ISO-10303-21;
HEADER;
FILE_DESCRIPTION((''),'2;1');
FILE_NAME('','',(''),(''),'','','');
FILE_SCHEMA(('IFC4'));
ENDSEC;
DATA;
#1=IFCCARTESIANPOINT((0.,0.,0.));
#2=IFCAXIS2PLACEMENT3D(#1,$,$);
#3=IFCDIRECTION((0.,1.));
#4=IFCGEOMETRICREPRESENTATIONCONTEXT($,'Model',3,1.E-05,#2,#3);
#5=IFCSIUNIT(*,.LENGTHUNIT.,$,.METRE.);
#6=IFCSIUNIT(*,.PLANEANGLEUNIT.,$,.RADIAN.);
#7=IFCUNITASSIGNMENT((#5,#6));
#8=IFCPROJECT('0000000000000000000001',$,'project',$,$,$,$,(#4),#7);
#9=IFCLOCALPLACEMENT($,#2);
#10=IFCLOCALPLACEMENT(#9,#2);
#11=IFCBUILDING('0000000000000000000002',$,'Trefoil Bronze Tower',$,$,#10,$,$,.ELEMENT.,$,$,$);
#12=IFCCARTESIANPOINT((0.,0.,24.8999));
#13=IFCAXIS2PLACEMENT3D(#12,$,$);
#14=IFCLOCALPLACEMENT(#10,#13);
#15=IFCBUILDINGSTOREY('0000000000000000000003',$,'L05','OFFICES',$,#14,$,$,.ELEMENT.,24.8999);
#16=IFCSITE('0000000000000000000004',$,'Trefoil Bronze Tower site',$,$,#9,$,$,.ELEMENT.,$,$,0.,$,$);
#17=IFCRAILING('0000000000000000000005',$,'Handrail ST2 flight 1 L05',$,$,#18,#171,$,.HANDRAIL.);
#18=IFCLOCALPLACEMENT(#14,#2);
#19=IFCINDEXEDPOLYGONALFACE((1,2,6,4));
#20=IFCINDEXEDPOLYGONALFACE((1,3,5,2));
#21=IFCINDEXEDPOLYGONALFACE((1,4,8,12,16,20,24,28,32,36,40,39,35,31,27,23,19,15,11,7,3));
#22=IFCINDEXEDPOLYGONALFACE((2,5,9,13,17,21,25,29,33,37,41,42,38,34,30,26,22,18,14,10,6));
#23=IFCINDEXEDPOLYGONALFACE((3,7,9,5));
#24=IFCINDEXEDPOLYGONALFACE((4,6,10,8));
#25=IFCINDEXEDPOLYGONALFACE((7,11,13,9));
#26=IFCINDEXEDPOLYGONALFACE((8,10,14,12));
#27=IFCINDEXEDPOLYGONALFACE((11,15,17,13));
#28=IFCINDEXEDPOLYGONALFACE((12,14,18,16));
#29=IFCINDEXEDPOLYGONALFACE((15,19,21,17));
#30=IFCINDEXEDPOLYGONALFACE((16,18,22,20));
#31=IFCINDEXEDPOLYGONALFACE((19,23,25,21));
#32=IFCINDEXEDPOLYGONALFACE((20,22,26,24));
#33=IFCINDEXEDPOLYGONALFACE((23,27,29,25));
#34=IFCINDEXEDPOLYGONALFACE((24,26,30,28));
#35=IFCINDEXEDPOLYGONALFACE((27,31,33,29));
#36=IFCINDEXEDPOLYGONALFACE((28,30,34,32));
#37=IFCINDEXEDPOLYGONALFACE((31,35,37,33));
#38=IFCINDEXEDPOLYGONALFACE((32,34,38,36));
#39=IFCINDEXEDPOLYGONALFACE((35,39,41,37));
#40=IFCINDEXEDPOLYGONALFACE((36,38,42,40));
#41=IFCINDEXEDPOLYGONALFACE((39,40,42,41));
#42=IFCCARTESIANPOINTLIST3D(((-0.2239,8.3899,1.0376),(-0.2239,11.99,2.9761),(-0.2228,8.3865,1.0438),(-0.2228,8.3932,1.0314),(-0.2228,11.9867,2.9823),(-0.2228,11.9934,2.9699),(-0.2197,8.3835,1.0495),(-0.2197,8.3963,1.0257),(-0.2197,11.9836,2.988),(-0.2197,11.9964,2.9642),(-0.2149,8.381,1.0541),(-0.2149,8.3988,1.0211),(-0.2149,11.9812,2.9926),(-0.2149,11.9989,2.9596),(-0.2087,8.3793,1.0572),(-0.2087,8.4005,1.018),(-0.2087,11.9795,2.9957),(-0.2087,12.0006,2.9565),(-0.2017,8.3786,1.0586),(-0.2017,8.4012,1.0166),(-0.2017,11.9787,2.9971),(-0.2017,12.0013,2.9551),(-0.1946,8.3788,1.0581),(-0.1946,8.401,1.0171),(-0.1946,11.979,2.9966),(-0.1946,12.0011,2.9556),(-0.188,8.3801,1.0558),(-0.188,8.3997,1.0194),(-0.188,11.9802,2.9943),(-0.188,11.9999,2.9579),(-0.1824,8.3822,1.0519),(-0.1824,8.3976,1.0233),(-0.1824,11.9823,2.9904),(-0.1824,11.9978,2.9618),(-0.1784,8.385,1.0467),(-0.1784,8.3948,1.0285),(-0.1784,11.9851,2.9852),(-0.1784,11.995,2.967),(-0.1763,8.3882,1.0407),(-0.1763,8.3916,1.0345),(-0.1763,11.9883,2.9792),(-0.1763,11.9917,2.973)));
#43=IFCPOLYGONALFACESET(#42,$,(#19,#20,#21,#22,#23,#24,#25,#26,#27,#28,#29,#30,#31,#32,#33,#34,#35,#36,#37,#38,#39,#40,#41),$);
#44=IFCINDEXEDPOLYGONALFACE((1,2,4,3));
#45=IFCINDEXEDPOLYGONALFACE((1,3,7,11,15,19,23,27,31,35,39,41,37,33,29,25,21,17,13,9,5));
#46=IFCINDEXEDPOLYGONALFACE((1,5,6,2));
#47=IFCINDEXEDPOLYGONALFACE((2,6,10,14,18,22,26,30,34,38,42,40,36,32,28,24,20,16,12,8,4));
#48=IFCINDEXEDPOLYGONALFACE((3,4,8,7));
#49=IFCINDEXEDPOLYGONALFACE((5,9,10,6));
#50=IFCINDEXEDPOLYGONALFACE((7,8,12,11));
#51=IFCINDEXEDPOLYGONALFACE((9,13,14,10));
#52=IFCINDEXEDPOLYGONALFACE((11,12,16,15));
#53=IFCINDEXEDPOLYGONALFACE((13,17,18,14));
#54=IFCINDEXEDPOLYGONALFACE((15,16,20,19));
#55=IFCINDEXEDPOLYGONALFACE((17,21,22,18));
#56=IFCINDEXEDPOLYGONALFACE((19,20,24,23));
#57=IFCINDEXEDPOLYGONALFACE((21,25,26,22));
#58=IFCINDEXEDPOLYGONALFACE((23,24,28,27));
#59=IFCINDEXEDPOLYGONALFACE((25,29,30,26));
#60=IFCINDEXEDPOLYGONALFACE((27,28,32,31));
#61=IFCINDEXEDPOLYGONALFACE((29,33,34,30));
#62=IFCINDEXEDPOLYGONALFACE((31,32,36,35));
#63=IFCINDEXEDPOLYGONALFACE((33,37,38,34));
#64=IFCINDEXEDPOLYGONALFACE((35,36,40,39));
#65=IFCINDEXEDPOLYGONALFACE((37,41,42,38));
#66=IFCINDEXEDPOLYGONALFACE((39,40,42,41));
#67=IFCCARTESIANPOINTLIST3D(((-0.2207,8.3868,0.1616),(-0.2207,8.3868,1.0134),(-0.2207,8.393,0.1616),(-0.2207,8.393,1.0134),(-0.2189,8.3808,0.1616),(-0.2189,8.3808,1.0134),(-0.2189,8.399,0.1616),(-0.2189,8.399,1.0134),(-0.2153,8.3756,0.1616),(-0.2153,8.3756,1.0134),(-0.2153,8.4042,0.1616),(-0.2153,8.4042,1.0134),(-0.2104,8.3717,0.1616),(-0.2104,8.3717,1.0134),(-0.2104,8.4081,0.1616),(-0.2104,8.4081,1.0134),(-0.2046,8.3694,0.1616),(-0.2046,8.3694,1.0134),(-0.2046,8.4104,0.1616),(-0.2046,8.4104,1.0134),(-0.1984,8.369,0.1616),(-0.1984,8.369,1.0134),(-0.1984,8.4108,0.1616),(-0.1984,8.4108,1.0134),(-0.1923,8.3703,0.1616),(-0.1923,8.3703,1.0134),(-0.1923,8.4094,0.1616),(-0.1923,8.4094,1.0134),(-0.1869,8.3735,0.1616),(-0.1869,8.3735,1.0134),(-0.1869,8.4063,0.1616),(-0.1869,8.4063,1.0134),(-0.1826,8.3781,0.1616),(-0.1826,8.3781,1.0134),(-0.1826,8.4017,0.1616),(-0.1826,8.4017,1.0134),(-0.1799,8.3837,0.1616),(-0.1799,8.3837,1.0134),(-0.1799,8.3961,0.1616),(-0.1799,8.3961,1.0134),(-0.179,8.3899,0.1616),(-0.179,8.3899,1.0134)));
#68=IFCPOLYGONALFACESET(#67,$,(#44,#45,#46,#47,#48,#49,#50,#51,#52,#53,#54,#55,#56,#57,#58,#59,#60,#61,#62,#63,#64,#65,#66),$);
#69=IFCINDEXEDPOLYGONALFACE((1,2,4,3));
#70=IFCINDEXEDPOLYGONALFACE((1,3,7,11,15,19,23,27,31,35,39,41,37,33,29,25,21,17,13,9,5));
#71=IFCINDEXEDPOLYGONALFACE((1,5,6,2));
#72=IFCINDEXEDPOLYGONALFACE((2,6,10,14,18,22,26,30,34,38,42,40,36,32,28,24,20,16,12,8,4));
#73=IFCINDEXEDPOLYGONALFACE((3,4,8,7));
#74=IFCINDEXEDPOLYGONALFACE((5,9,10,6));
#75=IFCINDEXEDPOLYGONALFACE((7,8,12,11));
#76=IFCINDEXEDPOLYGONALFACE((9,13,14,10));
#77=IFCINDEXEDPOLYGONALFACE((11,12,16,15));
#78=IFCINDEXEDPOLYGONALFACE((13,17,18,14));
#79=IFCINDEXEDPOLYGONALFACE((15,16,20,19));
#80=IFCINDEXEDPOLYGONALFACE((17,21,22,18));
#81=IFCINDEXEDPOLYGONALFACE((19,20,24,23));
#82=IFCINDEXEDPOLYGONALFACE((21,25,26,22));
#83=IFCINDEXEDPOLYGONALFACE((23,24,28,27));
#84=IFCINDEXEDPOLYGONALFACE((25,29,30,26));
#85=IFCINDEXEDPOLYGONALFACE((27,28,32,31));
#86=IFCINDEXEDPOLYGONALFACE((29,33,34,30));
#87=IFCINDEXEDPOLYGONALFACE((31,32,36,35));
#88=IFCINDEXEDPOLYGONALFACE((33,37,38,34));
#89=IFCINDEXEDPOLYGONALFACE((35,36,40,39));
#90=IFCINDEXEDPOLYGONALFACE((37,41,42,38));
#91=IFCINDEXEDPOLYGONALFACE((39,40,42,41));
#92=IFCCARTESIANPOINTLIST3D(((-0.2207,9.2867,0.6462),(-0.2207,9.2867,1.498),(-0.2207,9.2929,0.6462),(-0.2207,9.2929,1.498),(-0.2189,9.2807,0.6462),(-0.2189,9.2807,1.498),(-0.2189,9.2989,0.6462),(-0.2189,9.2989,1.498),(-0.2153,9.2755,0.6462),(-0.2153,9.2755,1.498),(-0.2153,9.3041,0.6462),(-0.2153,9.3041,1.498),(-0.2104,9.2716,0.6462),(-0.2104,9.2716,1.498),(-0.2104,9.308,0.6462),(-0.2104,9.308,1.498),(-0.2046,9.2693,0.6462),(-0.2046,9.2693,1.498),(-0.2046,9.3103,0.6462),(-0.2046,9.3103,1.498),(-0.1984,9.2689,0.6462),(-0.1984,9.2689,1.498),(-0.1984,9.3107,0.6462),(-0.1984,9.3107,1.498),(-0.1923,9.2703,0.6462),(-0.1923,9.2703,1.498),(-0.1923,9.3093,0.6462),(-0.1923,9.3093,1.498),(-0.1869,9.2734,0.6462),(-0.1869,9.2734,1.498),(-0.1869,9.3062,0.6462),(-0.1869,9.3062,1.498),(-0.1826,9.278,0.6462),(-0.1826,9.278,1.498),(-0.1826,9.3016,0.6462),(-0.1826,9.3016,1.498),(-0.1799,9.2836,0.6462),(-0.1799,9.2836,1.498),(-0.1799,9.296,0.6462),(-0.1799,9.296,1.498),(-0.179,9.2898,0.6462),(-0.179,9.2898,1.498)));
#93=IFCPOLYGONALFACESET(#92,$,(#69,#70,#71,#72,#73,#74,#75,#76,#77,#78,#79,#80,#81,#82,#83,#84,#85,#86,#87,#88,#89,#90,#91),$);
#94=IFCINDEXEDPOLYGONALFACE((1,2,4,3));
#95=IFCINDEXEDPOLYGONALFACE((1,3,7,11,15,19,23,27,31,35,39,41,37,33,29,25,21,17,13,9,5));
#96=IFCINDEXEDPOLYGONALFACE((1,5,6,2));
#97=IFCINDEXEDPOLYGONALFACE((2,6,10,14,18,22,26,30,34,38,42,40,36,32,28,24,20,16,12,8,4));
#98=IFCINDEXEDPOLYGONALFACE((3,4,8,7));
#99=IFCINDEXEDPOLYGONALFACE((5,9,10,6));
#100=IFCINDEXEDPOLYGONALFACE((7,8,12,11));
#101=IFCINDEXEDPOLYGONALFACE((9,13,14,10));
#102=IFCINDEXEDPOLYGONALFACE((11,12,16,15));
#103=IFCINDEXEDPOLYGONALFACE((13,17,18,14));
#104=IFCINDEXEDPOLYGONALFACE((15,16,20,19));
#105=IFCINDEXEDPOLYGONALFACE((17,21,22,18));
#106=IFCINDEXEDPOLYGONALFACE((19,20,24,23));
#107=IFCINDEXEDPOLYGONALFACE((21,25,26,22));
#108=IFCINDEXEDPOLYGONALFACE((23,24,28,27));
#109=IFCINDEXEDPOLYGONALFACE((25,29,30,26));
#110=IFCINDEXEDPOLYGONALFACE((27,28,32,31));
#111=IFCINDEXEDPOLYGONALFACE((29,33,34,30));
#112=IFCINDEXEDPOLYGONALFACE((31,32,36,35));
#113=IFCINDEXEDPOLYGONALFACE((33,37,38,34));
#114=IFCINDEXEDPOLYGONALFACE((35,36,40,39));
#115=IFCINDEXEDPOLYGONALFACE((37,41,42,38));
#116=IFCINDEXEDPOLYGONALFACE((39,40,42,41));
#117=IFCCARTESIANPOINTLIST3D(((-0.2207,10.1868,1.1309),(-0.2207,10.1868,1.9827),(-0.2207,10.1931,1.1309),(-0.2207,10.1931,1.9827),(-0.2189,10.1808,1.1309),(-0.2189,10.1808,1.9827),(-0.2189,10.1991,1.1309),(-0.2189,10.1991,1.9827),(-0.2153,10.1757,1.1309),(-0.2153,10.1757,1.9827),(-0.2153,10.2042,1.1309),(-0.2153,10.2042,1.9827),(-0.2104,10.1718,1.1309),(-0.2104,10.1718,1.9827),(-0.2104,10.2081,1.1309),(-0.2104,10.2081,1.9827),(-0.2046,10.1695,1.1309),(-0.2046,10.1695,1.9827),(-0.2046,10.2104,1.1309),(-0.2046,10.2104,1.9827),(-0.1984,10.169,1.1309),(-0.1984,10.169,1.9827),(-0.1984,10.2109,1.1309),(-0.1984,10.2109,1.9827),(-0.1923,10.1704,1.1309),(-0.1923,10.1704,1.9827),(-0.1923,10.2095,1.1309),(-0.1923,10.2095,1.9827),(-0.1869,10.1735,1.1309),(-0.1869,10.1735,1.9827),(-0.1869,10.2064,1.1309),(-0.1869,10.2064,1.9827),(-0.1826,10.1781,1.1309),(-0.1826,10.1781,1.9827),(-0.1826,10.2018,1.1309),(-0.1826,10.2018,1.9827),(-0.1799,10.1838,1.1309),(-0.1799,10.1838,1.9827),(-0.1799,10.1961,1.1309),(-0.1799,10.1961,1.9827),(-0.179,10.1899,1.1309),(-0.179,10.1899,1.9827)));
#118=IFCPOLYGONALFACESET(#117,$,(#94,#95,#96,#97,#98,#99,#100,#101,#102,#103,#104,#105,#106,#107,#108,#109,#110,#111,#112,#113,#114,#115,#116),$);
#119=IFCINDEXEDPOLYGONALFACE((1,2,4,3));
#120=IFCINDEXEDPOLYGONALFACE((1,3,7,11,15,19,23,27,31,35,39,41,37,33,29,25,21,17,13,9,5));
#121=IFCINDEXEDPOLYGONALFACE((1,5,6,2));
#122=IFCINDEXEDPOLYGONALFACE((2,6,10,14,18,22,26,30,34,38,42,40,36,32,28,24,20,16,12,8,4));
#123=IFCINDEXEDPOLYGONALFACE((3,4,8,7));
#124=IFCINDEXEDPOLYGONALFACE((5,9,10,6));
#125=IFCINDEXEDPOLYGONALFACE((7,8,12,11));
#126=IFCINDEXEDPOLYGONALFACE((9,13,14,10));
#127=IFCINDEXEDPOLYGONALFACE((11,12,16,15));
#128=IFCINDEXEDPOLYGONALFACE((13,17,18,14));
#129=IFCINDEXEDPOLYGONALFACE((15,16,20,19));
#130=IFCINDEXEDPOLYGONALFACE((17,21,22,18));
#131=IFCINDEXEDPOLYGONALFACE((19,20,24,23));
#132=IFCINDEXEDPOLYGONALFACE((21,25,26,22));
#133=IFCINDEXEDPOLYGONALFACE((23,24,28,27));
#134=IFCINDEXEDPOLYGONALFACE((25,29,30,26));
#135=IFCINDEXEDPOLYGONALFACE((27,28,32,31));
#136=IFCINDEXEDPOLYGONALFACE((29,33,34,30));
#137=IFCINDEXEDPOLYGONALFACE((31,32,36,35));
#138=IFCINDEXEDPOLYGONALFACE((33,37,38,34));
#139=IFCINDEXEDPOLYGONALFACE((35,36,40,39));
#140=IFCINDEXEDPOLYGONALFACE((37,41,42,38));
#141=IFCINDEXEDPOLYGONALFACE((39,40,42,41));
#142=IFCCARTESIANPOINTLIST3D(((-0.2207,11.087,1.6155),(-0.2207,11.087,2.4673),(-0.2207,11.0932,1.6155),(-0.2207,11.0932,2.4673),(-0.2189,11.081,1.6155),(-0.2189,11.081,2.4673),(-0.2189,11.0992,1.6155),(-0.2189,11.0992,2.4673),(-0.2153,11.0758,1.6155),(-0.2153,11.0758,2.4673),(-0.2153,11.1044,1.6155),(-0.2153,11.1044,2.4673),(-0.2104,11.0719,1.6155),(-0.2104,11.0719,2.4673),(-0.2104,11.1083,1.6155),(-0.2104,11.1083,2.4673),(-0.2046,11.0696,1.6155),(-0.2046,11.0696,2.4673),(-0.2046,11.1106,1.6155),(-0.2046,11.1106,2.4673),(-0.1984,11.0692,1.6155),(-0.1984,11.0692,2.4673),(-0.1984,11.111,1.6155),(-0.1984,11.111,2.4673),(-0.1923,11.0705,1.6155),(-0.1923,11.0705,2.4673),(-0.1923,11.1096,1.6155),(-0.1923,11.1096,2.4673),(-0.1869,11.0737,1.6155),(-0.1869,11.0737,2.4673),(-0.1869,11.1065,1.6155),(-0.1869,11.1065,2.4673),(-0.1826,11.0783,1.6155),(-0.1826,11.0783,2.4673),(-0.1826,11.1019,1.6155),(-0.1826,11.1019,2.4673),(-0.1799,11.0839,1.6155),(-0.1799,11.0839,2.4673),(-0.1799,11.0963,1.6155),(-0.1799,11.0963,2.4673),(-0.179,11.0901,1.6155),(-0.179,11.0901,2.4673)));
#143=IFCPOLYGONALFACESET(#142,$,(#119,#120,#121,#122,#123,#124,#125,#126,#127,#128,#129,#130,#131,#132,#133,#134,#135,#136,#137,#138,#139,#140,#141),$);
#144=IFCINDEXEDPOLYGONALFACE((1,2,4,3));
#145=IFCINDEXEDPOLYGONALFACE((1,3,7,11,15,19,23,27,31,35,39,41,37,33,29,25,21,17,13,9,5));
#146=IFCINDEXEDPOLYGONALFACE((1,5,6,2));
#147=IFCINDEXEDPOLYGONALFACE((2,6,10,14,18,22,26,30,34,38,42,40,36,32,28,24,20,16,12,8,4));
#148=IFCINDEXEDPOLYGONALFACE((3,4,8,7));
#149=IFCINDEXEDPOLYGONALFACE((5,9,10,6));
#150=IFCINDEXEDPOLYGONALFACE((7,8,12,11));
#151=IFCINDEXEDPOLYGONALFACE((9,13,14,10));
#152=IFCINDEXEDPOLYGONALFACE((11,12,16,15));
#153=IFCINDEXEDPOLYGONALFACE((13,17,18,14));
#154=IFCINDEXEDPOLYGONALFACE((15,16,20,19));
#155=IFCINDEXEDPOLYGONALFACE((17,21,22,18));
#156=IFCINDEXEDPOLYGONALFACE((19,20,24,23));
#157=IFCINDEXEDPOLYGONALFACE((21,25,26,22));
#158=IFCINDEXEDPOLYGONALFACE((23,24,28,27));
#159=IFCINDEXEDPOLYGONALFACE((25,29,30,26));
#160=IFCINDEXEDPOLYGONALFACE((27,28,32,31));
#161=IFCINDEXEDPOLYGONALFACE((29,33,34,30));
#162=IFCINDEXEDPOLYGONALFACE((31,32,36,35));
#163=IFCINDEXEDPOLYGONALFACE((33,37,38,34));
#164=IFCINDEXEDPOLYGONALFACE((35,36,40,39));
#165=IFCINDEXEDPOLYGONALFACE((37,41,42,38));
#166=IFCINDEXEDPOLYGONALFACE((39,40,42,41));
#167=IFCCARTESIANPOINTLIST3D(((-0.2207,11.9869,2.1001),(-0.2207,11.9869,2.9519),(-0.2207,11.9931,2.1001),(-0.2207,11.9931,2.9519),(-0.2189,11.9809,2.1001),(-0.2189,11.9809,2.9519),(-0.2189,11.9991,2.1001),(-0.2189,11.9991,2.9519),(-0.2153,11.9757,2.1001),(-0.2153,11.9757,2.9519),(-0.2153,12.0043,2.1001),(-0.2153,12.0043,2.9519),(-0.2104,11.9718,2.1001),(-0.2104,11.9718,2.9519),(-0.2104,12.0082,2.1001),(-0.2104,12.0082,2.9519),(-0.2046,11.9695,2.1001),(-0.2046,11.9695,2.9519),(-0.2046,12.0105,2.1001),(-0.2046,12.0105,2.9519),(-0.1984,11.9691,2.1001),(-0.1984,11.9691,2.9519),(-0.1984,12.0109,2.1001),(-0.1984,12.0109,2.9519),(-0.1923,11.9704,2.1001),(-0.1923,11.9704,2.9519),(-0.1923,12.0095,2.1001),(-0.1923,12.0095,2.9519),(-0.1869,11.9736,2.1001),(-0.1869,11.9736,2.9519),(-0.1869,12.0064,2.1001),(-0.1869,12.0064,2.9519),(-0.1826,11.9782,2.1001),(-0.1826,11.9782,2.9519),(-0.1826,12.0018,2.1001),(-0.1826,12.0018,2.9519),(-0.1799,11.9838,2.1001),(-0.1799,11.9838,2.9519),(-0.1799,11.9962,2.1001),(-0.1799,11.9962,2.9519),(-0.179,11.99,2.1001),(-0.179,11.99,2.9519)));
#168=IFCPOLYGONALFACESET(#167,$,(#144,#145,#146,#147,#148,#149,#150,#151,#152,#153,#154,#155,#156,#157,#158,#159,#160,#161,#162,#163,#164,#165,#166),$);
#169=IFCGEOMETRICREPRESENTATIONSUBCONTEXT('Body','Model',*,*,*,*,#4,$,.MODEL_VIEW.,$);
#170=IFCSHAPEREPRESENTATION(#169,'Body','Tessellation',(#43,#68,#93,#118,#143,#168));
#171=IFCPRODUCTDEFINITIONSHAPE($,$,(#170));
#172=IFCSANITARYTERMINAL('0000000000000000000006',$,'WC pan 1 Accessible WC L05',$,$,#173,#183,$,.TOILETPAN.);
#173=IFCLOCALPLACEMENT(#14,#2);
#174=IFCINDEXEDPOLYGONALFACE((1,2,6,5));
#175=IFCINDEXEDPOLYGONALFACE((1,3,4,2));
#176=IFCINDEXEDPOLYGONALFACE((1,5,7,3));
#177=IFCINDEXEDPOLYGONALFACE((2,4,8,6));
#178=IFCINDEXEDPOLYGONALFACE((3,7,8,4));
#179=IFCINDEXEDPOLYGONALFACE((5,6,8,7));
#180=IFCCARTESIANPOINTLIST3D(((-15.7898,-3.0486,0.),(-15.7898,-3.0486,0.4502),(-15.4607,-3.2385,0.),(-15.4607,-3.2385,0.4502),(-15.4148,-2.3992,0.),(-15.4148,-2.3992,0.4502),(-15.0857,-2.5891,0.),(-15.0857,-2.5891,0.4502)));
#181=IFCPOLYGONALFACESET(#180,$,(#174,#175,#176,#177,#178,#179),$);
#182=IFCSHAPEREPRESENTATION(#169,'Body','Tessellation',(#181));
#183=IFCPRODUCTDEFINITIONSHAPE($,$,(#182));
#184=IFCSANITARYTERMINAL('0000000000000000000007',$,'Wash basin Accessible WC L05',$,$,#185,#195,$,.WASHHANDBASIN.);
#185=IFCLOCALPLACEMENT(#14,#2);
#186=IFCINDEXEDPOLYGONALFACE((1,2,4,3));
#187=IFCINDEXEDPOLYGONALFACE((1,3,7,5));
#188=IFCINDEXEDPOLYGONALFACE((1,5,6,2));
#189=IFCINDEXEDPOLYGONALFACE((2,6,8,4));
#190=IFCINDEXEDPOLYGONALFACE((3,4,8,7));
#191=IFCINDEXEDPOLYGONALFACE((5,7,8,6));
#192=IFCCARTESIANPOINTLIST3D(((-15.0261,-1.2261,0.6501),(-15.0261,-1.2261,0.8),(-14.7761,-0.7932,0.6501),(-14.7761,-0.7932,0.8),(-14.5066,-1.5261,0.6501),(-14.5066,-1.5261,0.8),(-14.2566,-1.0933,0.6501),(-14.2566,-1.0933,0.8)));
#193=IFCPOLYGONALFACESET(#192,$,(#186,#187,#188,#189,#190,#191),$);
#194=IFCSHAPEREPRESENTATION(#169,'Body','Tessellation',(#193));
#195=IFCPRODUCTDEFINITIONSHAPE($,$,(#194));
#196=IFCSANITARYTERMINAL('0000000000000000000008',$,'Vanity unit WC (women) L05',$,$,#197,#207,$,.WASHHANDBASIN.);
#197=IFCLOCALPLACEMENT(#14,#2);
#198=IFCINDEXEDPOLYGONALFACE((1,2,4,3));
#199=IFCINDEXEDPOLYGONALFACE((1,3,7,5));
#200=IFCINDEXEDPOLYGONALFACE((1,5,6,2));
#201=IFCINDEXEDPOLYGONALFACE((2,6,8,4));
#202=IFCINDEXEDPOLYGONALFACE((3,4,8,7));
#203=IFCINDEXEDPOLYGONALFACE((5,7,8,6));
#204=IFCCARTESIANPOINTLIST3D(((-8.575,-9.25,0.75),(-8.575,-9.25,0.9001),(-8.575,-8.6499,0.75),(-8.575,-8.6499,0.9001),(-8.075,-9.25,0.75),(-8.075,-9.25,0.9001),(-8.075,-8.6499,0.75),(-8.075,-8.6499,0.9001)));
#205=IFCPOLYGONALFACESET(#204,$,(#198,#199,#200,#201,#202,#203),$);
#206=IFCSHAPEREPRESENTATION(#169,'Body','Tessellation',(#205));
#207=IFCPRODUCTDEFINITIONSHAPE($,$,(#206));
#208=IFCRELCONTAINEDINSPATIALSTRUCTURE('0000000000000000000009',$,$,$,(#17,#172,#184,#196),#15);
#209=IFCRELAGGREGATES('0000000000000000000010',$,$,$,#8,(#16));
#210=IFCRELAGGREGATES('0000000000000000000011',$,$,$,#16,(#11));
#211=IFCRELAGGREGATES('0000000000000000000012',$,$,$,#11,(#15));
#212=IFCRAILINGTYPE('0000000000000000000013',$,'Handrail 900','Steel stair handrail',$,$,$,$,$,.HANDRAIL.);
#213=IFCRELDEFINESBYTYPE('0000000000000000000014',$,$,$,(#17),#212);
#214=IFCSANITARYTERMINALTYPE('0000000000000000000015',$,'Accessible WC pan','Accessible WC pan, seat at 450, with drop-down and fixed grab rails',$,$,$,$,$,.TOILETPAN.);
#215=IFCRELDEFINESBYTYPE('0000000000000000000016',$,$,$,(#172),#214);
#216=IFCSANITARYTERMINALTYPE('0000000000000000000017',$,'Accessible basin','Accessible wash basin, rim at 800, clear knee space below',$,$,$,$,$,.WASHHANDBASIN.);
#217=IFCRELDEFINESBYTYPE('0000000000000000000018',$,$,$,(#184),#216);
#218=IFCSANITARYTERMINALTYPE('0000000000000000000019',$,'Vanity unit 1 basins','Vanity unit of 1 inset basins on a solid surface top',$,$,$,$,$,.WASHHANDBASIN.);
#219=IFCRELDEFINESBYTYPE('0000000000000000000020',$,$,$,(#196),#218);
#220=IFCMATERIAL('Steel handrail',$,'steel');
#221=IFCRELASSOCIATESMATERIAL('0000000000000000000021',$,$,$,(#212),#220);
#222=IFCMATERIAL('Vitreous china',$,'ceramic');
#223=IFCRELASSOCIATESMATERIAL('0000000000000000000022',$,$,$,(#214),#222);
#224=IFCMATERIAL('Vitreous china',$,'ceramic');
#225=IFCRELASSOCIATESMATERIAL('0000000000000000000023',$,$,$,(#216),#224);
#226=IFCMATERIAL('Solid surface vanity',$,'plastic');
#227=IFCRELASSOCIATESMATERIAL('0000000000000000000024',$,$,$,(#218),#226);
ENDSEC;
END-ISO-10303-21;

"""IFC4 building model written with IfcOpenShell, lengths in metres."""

from ifc_helpers import new_model, si_unit, direction, frame, origin, origin_2d, place, context, subcontext, project, spatial, polyline, circle, outline, extrude, material, type_object, element, save


model = new_model("IFC4")

# Units and contexts
model_context = context("Model", 3, precision=1e-05, world=origin(), true_north=direction((0.0, 1.0)))
body_context = subcontext(model_context, "Body", "Model", "MODEL_VIEW")
ifc_project = project(units=[si_unit("LENGTHUNIT", "METRE"), si_unit("PLANEANGLEUNIT", "RADIAN")], contexts=[model_context])

# Site, building, storey
site_placement = place(None, origin())
site = spatial("IfcSite", under=ifc_project, at=site_placement, Name="Trefoil Bronze Tower site", CompositionType="ELEMENT", RefElevation=0.0)
building_placement = place(site_placement, origin())
building = spatial("IfcBuilding", under=site, at=building_placement, Name="Trefoil Bronze Tower", CompositionType="ELEMENT")
storey_placement = place(building_placement, frame((0.0, 0.0, 24.8999)))
storey = spatial("IfcBuildingStorey", under=building, at=storey_placement, Name="L05", Description="OFFICES", CompositionType="ELEMENT", Elevation=24.8999)

# Railing
ifc_material_1 = material(Name="Steel handrail", Category="steel")
railing_type = type_object("IfcRailingType", Name="Handrail 900", Description="Steel stair handrail", PredefinedType="HANDRAIL", material=ifc_material_1)
railing_placement = place(storey_placement, frame((-0.2, 8.3899, 0.1616)))
element("IfcRailing", 1, at=railing_placement, inside=storey, type_object=railing_type, Name="Handrail ST2 flight 1 L05", PredefinedType="HANDRAIL", context=body_context, shape_type="SweptSolid", body=[
    extrude(circle(Radius=0.0239, at=origin_2d()), frame((0.0, 0.0, 0.876), z_axis=(0.0, 0.880475, 0.474093), x_axis=(-1.0, 0.0, 0.0)), (0.0, 0.0, 1.0), 4.0889),
    extrude(circle(Radius=0.021, at=origin_2d()), origin(), (0.0, 0.0, 1.0), 0.8518),
    extrude(circle(Radius=0.021, at=origin_2d()), frame((0.0, 0.8999, 0.4846)), (0.0, 0.0, 1.0), 0.8518),
    extrude(circle(Radius=0.021, at=origin_2d()), frame((0.0, 1.8, 0.9692)), (0.0, 0.0, 1.0), 0.8518),
    extrude(circle(Radius=0.021, at=origin_2d()), frame((0.0, 2.7002, 1.4539)), (0.0, 0.0, 1.0), 0.8518),
    extrude(circle(Radius=0.021, at=origin_2d()), frame((0.0, 3.6001, 1.9385)), (0.0, 0.0, 1.0), 0.8518),
])

# Sanitary terminals
ifc_material_2 = material(Name="Vitreous china", Category="ceramic")
sanitary_terminal_type_1 = type_object("IfcSanitaryTerminalType", Name="Accessible WC pan", Description="Accessible WC pan, seat at 450, with drop-down and fixed grab rails", PredefinedType="TOILETPAN", material=ifc_material_2)
sanitary_terminal_1_placement = place(storey_placement, origin())
element("IfcSanitaryTerminal", 2, at=sanitary_terminal_1_placement, inside=storey, type_object=sanitary_terminal_type_1, Name="WC pan 1 Accessible WC L05", PredefinedType="TOILETPAN", context=body_context, shape_type="SweptSolid", body=[
    extrude(outline(polyline([(-15.0857, -2.5891), (-15.4607, -3.2385), (-15.7898, -3.0486), (-15.4148, -2.3992), (-15.0857, -2.5891)])), origin(), (0.0, 0.0, 1.0), 0.4502),
])
ifc_material_3 = material(Name="Vitreous china", Category="ceramic")
sanitary_terminal_type_2 = type_object("IfcSanitaryTerminalType", Name="Accessible basin", Description="Accessible wash basin, rim at 800, clear knee space below", PredefinedType="WASHHANDBASIN", material=ifc_material_3)
sanitary_terminal_2_placement = place(storey_placement, frame((0.0, 0.0, 0.6501)))
element("IfcSanitaryTerminal", 3, at=sanitary_terminal_2_placement, inside=storey, type_object=sanitary_terminal_type_2, Name="Wash basin Accessible WC L05", PredefinedType="WASHHANDBASIN", context=body_context, shape_type="SweptSolid", body=[
    extrude(outline(polyline([(-14.2566, -1.0933), (-14.5066, -1.5261), (-15.0261, -1.2261), (-14.7761, -0.7932), (-14.2566, -1.0933)])), origin(), (0.0, 0.0, 1.0), 0.1499),
])
ifc_material_4 = material(Name="Solid surface vanity", Category="plastic")
sanitary_terminal_type_3 = type_object("IfcSanitaryTerminalType", Name="Vanity unit 1 basins", Description="Vanity unit of 1 inset basins on a solid surface top", PredefinedType="WASHHANDBASIN", material=ifc_material_4)
sanitary_terminal_3_placement = place(storey_placement, frame((0.0, 0.0, 0.75)))
element("IfcSanitaryTerminal", 4, at=sanitary_terminal_3_placement, inside=storey, type_object=sanitary_terminal_type_3, Name="Vanity unit WC (women) L05", PredefinedType="WASHHANDBASIN", context=body_context, shape_type="SweptSolid", body=[
    extrude(outline(polyline([(-8.075, -8.6499), (-8.575, -8.6499), (-8.575, -9.25), (-8.075, -9.25), (-8.075, -8.6499)])), origin(), (0.0, 0.0, 1.0), 0.1501),
])

save(model, "model.ifc")
